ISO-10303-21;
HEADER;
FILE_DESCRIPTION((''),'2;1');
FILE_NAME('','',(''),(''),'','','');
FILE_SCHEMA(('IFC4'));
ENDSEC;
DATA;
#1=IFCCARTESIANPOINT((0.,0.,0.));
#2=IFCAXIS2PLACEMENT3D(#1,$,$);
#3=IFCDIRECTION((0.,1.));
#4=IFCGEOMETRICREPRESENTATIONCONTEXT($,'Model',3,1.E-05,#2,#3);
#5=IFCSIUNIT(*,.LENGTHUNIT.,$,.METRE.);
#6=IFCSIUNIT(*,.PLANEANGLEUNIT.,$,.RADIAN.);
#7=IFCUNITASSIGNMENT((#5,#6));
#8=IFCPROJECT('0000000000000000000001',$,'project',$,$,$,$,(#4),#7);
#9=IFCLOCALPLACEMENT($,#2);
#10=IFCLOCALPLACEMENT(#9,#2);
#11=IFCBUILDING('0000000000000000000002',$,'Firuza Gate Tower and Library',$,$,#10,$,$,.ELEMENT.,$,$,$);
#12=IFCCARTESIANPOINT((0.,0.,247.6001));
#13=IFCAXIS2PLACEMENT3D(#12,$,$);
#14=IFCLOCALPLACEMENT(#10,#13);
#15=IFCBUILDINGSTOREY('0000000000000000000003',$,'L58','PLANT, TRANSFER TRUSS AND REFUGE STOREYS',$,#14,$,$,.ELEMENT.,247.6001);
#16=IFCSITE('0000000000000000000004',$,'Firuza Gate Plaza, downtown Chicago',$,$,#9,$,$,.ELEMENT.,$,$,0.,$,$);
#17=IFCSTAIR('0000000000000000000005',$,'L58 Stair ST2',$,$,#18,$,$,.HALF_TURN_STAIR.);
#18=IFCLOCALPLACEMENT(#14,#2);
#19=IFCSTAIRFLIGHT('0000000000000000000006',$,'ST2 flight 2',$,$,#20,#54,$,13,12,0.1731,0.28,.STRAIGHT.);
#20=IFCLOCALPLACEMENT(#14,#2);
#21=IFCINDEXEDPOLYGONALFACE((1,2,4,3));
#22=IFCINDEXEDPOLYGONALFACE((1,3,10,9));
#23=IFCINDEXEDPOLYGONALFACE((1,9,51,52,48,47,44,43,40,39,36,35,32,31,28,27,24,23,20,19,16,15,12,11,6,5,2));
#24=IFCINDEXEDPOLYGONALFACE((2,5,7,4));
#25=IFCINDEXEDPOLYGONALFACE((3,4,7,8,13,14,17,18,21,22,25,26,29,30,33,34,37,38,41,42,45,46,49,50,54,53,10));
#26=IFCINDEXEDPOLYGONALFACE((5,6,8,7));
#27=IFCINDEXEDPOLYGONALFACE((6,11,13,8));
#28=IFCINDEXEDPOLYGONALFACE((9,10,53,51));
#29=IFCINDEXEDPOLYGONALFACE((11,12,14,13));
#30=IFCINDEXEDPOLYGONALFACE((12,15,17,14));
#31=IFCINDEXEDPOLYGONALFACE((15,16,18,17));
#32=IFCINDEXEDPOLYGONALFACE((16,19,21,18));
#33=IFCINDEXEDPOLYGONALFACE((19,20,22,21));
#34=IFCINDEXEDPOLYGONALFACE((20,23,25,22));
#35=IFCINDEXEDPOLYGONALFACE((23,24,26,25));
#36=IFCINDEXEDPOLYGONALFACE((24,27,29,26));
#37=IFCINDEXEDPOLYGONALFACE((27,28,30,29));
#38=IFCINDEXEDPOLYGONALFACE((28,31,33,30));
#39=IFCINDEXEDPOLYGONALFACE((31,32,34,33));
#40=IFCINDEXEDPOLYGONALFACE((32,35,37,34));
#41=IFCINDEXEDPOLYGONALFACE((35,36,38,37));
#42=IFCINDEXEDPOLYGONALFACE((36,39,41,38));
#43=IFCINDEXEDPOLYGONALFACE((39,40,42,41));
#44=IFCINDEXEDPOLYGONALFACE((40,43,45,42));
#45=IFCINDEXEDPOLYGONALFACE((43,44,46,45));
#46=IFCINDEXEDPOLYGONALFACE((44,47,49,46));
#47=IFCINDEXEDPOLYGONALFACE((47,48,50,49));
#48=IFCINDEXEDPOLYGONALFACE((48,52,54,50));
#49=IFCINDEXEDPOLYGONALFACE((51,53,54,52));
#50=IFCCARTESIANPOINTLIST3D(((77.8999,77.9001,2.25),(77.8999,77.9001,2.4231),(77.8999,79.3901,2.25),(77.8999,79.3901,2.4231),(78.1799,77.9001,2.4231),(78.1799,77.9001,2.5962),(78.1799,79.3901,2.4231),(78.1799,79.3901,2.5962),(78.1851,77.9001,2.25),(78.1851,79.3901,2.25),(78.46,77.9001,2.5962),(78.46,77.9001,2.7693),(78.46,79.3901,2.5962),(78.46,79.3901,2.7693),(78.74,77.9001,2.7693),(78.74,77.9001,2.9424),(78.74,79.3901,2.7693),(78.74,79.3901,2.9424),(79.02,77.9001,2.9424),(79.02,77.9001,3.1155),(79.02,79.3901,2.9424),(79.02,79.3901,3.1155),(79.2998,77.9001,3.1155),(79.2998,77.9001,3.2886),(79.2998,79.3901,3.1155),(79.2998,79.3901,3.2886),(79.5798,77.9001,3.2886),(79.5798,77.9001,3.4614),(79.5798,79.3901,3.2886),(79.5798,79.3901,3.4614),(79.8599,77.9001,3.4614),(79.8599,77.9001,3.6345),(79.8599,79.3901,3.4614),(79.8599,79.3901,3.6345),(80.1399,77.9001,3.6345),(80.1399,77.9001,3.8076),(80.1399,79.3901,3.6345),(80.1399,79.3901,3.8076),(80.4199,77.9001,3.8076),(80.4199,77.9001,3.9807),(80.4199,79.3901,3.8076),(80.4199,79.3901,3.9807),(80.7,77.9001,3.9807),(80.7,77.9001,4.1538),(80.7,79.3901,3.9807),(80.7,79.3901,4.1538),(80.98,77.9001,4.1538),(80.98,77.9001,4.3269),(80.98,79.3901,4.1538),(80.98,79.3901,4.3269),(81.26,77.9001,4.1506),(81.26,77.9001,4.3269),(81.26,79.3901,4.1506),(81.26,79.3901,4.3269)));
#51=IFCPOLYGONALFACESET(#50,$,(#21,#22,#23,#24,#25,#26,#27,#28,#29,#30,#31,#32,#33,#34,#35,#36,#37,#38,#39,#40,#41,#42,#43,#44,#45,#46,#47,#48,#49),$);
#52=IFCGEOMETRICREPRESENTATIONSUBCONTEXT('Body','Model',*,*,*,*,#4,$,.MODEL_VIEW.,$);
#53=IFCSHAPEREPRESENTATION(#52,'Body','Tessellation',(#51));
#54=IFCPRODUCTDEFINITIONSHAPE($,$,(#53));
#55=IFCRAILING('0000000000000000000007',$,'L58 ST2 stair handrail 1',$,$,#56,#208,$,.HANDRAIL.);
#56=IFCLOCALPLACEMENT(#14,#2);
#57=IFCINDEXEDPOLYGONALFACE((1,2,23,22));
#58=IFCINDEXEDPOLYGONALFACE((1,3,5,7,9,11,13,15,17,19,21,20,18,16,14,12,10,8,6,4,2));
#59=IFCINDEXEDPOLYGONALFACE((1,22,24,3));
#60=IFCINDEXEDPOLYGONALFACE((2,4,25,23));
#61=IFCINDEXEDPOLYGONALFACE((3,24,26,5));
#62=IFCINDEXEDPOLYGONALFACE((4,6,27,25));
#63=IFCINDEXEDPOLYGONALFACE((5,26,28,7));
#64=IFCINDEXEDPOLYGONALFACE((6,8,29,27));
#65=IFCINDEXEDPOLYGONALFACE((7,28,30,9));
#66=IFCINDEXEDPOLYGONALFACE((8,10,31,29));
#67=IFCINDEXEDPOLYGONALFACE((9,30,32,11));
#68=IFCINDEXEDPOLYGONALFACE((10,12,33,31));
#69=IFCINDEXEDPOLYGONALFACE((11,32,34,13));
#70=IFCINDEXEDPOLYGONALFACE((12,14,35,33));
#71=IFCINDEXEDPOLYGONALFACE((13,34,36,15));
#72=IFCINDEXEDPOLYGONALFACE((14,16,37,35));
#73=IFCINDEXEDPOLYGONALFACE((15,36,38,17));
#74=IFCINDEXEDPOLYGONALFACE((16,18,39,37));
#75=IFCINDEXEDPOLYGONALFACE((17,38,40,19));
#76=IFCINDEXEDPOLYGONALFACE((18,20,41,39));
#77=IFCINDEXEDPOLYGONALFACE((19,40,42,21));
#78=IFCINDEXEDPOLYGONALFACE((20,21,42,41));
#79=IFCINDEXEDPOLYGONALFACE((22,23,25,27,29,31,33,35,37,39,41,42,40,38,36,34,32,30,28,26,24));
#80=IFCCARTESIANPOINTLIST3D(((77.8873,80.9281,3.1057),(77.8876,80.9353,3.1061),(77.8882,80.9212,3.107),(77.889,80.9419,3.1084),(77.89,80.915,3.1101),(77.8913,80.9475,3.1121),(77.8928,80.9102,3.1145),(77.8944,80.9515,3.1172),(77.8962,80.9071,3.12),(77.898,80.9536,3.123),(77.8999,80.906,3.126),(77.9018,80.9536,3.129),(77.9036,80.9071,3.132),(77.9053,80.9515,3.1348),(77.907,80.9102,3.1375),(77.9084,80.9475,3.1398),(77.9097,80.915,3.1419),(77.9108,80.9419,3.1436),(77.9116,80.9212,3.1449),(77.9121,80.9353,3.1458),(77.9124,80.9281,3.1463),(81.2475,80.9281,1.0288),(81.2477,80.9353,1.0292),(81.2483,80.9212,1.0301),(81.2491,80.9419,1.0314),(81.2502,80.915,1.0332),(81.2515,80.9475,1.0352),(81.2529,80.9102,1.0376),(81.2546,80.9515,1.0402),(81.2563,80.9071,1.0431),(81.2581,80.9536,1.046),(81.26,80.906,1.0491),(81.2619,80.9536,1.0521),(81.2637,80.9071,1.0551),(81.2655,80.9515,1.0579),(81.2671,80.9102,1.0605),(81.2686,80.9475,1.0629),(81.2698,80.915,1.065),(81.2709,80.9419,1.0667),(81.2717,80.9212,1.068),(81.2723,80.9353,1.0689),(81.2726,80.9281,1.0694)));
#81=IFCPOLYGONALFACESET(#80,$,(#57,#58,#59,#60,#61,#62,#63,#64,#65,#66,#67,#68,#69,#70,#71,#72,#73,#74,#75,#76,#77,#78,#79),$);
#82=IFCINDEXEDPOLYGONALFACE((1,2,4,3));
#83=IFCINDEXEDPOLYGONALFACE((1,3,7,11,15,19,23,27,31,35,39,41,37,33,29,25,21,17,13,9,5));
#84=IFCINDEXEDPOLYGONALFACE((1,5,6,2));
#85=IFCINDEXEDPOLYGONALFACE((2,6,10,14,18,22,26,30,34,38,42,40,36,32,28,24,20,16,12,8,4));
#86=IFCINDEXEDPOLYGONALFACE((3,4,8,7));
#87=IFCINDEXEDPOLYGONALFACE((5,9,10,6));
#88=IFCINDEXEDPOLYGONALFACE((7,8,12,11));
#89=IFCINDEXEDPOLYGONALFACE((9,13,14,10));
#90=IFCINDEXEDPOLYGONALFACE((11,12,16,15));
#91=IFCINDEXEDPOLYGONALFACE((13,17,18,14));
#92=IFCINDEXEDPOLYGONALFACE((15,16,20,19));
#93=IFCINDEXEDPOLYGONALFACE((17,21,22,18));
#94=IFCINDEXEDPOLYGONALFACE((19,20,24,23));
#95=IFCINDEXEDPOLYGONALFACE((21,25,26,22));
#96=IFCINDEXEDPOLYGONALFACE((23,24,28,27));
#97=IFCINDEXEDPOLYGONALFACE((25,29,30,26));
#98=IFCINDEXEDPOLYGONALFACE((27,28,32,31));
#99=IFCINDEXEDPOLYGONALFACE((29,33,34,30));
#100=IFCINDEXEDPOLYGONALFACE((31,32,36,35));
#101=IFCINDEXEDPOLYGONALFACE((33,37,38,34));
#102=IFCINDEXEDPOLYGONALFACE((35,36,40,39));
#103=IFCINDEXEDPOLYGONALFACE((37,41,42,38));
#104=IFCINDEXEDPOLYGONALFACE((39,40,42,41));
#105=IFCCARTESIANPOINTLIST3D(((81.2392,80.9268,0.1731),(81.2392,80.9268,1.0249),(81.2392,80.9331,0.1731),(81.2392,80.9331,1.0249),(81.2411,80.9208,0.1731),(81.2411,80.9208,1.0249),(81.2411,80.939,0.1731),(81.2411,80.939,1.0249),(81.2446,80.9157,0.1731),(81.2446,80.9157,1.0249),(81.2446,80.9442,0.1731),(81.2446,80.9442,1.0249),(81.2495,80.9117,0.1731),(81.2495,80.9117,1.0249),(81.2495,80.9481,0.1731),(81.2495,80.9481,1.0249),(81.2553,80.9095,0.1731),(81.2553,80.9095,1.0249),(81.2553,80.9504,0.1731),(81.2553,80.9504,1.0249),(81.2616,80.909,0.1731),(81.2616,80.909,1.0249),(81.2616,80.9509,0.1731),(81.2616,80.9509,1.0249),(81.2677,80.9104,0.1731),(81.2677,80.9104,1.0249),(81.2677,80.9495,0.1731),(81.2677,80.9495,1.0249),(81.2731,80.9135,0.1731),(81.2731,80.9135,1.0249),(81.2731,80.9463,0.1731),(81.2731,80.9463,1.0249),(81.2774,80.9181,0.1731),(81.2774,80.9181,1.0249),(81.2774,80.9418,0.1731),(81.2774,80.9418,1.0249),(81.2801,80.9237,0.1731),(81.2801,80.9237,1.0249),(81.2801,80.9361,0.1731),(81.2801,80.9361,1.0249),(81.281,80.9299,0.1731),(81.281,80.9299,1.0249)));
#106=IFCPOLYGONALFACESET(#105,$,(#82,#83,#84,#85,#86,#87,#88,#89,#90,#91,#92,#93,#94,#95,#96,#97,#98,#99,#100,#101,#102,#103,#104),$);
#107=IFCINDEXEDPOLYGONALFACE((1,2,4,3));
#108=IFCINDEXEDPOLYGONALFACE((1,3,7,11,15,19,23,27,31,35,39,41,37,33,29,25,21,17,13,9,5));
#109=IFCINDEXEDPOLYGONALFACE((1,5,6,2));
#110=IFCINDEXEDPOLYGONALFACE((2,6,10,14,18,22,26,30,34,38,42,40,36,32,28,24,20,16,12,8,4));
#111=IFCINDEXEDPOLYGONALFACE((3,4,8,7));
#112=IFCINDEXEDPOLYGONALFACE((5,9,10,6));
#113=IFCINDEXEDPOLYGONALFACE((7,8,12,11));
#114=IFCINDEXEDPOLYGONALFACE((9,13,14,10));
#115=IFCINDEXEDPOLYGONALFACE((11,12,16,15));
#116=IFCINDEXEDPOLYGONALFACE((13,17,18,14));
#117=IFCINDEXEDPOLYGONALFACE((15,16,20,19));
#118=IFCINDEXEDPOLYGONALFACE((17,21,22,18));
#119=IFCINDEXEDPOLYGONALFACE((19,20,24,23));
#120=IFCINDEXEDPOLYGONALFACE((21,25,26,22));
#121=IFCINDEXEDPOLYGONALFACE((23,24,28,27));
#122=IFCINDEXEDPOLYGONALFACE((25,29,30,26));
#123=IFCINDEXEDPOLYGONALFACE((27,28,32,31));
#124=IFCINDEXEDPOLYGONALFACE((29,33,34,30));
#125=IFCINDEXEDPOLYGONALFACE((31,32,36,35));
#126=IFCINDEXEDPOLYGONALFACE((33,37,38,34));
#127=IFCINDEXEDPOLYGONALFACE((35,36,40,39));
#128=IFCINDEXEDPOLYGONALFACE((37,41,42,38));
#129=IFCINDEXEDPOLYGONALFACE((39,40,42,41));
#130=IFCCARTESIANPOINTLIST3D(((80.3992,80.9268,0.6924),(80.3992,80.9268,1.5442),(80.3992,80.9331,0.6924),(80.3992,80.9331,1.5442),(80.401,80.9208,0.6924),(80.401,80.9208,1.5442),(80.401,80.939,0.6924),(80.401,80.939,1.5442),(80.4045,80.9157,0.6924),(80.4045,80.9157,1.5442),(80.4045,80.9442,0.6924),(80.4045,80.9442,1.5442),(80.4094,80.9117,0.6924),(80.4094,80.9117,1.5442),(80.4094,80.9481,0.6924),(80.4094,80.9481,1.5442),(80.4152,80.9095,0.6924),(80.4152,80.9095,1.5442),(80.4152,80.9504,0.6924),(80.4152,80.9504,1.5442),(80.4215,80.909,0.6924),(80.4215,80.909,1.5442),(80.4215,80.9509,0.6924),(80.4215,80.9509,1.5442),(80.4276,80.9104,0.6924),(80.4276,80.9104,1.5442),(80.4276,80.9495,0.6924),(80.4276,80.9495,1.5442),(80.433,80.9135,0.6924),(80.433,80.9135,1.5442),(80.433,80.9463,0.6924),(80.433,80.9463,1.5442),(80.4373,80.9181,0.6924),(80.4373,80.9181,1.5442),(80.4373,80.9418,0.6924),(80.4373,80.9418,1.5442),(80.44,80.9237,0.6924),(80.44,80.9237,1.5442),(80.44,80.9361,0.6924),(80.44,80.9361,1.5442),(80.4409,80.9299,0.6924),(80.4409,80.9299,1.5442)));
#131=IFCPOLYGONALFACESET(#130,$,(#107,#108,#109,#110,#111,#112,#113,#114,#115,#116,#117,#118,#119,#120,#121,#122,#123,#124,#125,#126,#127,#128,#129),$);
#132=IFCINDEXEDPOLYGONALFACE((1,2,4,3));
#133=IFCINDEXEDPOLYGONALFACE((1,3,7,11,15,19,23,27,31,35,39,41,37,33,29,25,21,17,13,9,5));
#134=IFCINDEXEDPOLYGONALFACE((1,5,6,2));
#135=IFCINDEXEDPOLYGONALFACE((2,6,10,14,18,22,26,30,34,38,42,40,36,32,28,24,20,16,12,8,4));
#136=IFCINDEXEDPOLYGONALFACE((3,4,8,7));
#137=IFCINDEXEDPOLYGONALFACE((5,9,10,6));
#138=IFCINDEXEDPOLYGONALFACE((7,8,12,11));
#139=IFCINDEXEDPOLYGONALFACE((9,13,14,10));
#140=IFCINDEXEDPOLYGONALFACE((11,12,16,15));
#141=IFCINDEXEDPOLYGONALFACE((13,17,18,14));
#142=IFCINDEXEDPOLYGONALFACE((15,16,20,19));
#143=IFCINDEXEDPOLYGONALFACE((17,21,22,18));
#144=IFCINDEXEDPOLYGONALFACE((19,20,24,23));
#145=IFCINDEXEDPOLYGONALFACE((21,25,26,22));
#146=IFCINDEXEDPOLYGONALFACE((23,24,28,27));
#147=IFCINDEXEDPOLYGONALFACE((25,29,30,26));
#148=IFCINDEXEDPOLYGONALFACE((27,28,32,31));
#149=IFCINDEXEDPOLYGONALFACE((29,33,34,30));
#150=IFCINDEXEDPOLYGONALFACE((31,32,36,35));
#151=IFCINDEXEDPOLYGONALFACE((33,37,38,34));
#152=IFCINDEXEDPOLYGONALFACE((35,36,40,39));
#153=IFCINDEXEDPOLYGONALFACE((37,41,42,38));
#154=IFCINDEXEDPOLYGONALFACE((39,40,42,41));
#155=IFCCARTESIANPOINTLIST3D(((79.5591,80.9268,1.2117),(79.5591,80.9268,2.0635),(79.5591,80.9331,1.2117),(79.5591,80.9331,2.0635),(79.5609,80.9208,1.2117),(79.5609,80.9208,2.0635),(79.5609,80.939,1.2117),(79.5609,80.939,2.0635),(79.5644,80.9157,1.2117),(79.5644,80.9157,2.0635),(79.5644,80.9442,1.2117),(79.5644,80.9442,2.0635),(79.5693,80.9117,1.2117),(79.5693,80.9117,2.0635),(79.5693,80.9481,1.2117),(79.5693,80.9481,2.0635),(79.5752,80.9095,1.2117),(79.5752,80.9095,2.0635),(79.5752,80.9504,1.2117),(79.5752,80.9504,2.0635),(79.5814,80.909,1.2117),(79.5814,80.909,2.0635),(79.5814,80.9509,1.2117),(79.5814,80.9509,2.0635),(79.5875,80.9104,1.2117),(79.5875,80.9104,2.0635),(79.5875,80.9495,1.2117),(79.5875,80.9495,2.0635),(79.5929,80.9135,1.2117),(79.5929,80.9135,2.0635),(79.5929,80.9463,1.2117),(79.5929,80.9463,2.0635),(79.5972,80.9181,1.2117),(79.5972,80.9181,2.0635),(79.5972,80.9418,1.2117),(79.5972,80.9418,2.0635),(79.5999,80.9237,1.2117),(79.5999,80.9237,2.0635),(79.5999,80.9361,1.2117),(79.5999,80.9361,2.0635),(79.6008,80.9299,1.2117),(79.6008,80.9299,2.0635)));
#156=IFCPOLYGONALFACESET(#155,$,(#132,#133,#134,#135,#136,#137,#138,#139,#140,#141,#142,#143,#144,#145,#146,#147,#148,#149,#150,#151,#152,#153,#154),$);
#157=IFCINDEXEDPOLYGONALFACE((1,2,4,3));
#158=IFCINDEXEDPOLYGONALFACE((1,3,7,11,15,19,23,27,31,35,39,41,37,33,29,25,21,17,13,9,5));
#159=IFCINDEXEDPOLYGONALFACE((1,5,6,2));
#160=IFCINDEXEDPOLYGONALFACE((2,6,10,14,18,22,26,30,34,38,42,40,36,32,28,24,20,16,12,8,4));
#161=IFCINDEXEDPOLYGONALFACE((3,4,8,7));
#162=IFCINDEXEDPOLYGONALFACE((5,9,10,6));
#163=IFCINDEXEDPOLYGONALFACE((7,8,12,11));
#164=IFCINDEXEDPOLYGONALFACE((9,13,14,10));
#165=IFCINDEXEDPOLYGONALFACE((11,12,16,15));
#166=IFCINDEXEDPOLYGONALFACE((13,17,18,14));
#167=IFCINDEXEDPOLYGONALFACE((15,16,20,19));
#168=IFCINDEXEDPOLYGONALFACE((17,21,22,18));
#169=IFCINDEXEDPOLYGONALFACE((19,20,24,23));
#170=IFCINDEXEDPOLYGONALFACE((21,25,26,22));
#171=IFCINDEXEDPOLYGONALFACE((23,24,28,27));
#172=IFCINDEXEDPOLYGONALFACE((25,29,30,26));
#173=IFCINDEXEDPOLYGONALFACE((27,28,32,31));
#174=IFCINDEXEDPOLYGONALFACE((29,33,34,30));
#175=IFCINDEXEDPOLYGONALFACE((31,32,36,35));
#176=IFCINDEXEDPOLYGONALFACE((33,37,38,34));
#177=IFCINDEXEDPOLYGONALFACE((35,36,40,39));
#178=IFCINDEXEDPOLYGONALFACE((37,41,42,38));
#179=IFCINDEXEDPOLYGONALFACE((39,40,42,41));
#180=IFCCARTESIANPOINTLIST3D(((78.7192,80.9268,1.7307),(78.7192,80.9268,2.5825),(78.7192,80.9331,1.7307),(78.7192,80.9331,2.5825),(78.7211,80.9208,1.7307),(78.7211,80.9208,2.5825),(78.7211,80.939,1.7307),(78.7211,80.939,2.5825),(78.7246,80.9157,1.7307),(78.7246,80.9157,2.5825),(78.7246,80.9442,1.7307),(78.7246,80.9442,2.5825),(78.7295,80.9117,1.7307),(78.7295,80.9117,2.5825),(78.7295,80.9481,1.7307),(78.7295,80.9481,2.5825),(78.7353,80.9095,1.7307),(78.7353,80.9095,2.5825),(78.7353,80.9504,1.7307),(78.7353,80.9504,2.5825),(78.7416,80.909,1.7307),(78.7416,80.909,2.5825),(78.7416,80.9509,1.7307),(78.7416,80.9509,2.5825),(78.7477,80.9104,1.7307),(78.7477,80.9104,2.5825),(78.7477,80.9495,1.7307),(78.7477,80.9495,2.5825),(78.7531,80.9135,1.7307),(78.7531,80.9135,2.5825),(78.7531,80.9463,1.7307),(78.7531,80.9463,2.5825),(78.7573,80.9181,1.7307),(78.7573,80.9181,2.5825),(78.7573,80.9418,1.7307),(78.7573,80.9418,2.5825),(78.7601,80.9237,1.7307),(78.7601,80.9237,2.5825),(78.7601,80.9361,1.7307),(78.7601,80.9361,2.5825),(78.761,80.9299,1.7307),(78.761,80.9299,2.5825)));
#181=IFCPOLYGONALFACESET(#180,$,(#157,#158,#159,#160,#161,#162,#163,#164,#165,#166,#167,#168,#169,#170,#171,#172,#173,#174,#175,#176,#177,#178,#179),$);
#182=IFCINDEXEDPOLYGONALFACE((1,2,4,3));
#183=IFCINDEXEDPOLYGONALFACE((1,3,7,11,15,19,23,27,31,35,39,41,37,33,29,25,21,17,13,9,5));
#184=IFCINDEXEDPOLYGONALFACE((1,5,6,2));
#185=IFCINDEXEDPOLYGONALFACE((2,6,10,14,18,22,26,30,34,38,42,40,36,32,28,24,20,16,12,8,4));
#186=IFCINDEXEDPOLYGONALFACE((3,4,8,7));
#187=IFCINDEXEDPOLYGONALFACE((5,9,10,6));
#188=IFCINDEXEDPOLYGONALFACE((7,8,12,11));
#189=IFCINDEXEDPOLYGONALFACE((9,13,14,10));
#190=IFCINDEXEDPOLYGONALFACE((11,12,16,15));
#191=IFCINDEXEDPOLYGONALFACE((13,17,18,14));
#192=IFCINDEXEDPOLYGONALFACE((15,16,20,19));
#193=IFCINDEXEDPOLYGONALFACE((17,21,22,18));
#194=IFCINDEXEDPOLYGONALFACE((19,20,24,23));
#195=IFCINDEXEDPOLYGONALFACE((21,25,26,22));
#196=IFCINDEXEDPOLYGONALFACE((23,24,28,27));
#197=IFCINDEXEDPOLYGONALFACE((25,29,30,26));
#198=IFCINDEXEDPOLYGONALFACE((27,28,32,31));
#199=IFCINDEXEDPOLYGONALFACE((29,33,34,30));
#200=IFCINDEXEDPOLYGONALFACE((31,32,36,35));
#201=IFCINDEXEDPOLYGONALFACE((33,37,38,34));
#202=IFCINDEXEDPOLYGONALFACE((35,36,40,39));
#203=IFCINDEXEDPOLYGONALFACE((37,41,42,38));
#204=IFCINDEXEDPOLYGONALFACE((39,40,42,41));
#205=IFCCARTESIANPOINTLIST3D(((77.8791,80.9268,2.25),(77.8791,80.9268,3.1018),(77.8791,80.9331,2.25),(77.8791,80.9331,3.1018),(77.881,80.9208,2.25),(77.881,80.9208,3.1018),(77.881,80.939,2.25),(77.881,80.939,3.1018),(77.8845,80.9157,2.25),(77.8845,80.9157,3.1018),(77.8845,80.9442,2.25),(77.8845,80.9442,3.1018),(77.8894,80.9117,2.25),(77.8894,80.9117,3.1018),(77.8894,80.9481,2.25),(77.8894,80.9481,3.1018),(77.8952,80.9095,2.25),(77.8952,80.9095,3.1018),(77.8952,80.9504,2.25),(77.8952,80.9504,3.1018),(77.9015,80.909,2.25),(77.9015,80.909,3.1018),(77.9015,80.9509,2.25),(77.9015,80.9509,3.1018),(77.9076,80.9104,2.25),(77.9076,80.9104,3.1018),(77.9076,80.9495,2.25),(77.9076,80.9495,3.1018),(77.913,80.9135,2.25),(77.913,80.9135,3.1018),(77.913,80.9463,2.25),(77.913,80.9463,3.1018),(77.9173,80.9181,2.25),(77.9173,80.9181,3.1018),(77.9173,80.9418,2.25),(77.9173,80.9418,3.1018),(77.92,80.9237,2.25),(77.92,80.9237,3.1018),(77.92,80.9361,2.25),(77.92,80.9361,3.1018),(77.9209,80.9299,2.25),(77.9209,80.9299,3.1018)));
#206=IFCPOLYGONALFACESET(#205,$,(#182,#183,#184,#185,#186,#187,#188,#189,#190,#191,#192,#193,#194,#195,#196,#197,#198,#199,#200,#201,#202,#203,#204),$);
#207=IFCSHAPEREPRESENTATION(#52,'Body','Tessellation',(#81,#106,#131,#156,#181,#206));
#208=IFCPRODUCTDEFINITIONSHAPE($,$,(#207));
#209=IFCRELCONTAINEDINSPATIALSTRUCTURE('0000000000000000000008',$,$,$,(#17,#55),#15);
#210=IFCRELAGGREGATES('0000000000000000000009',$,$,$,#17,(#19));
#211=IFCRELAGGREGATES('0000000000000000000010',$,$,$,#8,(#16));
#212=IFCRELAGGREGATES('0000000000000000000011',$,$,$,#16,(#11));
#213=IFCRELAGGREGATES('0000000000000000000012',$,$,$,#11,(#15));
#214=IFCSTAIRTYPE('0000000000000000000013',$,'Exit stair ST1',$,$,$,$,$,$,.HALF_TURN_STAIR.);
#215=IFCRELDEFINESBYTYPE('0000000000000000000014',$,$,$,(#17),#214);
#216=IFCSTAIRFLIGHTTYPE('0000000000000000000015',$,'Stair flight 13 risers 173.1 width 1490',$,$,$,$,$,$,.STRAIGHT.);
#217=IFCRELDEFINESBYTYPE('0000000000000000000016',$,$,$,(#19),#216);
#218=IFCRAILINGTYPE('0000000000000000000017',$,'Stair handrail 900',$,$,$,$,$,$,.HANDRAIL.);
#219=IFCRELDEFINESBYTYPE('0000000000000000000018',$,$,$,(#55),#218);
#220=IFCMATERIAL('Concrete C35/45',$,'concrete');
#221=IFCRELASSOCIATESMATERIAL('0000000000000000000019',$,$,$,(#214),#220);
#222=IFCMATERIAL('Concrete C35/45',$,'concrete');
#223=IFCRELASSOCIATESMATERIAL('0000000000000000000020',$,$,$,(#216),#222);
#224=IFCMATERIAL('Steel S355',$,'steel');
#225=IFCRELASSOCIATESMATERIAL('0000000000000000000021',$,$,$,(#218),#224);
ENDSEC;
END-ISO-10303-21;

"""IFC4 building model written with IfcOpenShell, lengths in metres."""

from ifc_helpers import new_model, si_unit, direction, frame, origin, origin_2d, place, context, subcontext, project, spatial, polyline, circle, outline, extrude, material, type_object, element, aggregate, save


model = new_model("IFC4")

# Units and contexts
model_context = context("Model", 3, precision=1e-05, world=origin(), true_north=direction((0.0, 1.0)))
body_context = subcontext(model_context, "Body", "Model", "MODEL_VIEW")
ifc_project = project(units=[si_unit("LENGTHUNIT", "METRE"), si_unit("PLANEANGLEUNIT", "RADIAN")], contexts=[model_context])

# Site, building, storey
site_placement = place(None, origin())
site = spatial("IfcSite", under=ifc_project, at=site_placement, Name="Firuza Gate Plaza, downtown Chicago", CompositionType="ELEMENT", RefElevation=0.0)
building_placement = place(site_placement, origin())
building = spatial("IfcBuilding", under=site, at=building_placement, Name="Firuza Gate Tower and Library", CompositionType="ELEMENT")
storey_placement = place(building_placement, frame((0.0, 0.0, 247.6001)))
storey = spatial("IfcBuildingStorey", under=building, at=storey_placement, Name="L58", Description="PLANT, TRANSFER TRUSS AND REFUGE STOREYS", CompositionType="ELEMENT", Elevation=247.6001)

# Stair, stair flight
ifc_material_1 = material(Name="Concrete C35/45", Category="concrete")
stair_type = type_object("IfcStairType", Name="Exit stair ST1", PredefinedType="HALF_TURN_STAIR", material=ifc_material_1)
stair_placement = place(storey_placement, origin())
stair = element("IfcStair", 1, at=stair_placement, inside=storey, type_object=stair_type, Name="L58 Stair ST2", PredefinedType="HALF_TURN_STAIR")
ifc_material_2 = material(Name="Concrete C35/45", Category="concrete")
stair_flight_type = type_object("IfcStairFlightType", Name="Stair flight 13 risers 173.1 width 1490", PredefinedType="STRAIGHT", material=ifc_material_2)
stair_flight_1_placement = place(storey_placement, frame((77.8999, 78.645, 2.25), z_axis=(0.0, 0.0, 1.0), x_axis=(1.0, 0.0, 0.0)))
stair_flight_1 = element("IfcStairFlight", 2, at=stair_flight_1_placement, type_object=stair_flight_type, Name="ST2 flight 2", NumberOfRisers=13, NumberOfTreads=12, PredefinedType="STRAIGHT", RiserHeight=0.1731, TreadLength=0.28, context=body_context, shape_type="SweptSolid", body=[
    extrude(outline(polyline([(0.0, 0.0), (0.0, 0.1731), (0.28, 0.1731), (0.28, 0.3462), (0.5601, 0.3462), (0.5601, 0.5193), (0.8401, 0.5193), (0.8401, 0.6924), (1.1201, 0.6924), (1.1201, 0.8655), (1.3999, 0.8655), (1.3999, 1.0386), (1.6799, 1.0386), (1.6799, 1.2114), (1.96, 1.2114), (1.96, 1.3845), (2.24, 1.3845), (2.24, 1.5576), (2.52, 1.5576), (2.52, 1.7307), (2.8, 1.7307), (2.8, 1.9038), (3.0801, 1.9038), (3.0801, 2.0769), (3.3601, 2.0769), (3.3601, 2.25), (3.3601, 1.9006), (0.2852, 0.0), (0.0, 0.0)])), frame((0.0, 0.7451, 0.0), z_axis=(0.0, -1.0, 0.0), x_axis=(1.0, 0.0, 0.0)), (0.0, 0.0, 1.0), 1.49),
])
aggregate(stair, [stair_flight_1])

# Railing
ifc_material_3 = material(Name="Steel S355", Category="steel")
railing_type_1 = type_object("IfcRailingType", Name="Stair handrail 900", PredefinedType="HANDRAIL", material=ifc_material_3)
railing_1_placement = place(storey_placement, frame((81.26, 80.9299, 0.1731)))
element("IfcRailing", 3, at=railing_1_placement, inside=storey, type_object=railing_type_1, Name="L58 ST2 stair handrail 1", PredefinedType="HANDRAIL", context=body_context, shape_type="SweptSolid", body=[
    extrude(circle(Radius=0.0239, at=origin_2d()), frame((0.0, 0.0, 0.876), z_axis=(-0.850623, 0.0, 0.525776), x_axis=(0.0, -1.0, 0.0)), (0.0, 0.0, 1.0), 3.9502),
    extrude(circle(Radius=0.021, at=origin_2d()), origin(), (0.0, 0.0, 1.0), 0.8518),
    extrude(circle(Radius=0.021, at=origin_2d()), frame((-0.8401, 0.0, 0.5193)), (0.0, 0.0, 1.0), 0.8518),
    extrude(circle(Radius=0.021, at=origin_2d()), frame((-1.6802, 0.0, 1.0386)), (0.0, 0.0, 1.0), 0.8518),
    extrude(circle(Radius=0.021, at=origin_2d()), frame((-2.52, 0.0, 1.5576)), (0.0, 0.0, 1.0), 0.8518),
    extrude(circle(Radius=0.021, at=origin_2d()), frame((-3.3601, 0.0, 2.0769)), (0.0, 0.0, 1.0), 0.8518),
])

save(model, "model.ifc")
